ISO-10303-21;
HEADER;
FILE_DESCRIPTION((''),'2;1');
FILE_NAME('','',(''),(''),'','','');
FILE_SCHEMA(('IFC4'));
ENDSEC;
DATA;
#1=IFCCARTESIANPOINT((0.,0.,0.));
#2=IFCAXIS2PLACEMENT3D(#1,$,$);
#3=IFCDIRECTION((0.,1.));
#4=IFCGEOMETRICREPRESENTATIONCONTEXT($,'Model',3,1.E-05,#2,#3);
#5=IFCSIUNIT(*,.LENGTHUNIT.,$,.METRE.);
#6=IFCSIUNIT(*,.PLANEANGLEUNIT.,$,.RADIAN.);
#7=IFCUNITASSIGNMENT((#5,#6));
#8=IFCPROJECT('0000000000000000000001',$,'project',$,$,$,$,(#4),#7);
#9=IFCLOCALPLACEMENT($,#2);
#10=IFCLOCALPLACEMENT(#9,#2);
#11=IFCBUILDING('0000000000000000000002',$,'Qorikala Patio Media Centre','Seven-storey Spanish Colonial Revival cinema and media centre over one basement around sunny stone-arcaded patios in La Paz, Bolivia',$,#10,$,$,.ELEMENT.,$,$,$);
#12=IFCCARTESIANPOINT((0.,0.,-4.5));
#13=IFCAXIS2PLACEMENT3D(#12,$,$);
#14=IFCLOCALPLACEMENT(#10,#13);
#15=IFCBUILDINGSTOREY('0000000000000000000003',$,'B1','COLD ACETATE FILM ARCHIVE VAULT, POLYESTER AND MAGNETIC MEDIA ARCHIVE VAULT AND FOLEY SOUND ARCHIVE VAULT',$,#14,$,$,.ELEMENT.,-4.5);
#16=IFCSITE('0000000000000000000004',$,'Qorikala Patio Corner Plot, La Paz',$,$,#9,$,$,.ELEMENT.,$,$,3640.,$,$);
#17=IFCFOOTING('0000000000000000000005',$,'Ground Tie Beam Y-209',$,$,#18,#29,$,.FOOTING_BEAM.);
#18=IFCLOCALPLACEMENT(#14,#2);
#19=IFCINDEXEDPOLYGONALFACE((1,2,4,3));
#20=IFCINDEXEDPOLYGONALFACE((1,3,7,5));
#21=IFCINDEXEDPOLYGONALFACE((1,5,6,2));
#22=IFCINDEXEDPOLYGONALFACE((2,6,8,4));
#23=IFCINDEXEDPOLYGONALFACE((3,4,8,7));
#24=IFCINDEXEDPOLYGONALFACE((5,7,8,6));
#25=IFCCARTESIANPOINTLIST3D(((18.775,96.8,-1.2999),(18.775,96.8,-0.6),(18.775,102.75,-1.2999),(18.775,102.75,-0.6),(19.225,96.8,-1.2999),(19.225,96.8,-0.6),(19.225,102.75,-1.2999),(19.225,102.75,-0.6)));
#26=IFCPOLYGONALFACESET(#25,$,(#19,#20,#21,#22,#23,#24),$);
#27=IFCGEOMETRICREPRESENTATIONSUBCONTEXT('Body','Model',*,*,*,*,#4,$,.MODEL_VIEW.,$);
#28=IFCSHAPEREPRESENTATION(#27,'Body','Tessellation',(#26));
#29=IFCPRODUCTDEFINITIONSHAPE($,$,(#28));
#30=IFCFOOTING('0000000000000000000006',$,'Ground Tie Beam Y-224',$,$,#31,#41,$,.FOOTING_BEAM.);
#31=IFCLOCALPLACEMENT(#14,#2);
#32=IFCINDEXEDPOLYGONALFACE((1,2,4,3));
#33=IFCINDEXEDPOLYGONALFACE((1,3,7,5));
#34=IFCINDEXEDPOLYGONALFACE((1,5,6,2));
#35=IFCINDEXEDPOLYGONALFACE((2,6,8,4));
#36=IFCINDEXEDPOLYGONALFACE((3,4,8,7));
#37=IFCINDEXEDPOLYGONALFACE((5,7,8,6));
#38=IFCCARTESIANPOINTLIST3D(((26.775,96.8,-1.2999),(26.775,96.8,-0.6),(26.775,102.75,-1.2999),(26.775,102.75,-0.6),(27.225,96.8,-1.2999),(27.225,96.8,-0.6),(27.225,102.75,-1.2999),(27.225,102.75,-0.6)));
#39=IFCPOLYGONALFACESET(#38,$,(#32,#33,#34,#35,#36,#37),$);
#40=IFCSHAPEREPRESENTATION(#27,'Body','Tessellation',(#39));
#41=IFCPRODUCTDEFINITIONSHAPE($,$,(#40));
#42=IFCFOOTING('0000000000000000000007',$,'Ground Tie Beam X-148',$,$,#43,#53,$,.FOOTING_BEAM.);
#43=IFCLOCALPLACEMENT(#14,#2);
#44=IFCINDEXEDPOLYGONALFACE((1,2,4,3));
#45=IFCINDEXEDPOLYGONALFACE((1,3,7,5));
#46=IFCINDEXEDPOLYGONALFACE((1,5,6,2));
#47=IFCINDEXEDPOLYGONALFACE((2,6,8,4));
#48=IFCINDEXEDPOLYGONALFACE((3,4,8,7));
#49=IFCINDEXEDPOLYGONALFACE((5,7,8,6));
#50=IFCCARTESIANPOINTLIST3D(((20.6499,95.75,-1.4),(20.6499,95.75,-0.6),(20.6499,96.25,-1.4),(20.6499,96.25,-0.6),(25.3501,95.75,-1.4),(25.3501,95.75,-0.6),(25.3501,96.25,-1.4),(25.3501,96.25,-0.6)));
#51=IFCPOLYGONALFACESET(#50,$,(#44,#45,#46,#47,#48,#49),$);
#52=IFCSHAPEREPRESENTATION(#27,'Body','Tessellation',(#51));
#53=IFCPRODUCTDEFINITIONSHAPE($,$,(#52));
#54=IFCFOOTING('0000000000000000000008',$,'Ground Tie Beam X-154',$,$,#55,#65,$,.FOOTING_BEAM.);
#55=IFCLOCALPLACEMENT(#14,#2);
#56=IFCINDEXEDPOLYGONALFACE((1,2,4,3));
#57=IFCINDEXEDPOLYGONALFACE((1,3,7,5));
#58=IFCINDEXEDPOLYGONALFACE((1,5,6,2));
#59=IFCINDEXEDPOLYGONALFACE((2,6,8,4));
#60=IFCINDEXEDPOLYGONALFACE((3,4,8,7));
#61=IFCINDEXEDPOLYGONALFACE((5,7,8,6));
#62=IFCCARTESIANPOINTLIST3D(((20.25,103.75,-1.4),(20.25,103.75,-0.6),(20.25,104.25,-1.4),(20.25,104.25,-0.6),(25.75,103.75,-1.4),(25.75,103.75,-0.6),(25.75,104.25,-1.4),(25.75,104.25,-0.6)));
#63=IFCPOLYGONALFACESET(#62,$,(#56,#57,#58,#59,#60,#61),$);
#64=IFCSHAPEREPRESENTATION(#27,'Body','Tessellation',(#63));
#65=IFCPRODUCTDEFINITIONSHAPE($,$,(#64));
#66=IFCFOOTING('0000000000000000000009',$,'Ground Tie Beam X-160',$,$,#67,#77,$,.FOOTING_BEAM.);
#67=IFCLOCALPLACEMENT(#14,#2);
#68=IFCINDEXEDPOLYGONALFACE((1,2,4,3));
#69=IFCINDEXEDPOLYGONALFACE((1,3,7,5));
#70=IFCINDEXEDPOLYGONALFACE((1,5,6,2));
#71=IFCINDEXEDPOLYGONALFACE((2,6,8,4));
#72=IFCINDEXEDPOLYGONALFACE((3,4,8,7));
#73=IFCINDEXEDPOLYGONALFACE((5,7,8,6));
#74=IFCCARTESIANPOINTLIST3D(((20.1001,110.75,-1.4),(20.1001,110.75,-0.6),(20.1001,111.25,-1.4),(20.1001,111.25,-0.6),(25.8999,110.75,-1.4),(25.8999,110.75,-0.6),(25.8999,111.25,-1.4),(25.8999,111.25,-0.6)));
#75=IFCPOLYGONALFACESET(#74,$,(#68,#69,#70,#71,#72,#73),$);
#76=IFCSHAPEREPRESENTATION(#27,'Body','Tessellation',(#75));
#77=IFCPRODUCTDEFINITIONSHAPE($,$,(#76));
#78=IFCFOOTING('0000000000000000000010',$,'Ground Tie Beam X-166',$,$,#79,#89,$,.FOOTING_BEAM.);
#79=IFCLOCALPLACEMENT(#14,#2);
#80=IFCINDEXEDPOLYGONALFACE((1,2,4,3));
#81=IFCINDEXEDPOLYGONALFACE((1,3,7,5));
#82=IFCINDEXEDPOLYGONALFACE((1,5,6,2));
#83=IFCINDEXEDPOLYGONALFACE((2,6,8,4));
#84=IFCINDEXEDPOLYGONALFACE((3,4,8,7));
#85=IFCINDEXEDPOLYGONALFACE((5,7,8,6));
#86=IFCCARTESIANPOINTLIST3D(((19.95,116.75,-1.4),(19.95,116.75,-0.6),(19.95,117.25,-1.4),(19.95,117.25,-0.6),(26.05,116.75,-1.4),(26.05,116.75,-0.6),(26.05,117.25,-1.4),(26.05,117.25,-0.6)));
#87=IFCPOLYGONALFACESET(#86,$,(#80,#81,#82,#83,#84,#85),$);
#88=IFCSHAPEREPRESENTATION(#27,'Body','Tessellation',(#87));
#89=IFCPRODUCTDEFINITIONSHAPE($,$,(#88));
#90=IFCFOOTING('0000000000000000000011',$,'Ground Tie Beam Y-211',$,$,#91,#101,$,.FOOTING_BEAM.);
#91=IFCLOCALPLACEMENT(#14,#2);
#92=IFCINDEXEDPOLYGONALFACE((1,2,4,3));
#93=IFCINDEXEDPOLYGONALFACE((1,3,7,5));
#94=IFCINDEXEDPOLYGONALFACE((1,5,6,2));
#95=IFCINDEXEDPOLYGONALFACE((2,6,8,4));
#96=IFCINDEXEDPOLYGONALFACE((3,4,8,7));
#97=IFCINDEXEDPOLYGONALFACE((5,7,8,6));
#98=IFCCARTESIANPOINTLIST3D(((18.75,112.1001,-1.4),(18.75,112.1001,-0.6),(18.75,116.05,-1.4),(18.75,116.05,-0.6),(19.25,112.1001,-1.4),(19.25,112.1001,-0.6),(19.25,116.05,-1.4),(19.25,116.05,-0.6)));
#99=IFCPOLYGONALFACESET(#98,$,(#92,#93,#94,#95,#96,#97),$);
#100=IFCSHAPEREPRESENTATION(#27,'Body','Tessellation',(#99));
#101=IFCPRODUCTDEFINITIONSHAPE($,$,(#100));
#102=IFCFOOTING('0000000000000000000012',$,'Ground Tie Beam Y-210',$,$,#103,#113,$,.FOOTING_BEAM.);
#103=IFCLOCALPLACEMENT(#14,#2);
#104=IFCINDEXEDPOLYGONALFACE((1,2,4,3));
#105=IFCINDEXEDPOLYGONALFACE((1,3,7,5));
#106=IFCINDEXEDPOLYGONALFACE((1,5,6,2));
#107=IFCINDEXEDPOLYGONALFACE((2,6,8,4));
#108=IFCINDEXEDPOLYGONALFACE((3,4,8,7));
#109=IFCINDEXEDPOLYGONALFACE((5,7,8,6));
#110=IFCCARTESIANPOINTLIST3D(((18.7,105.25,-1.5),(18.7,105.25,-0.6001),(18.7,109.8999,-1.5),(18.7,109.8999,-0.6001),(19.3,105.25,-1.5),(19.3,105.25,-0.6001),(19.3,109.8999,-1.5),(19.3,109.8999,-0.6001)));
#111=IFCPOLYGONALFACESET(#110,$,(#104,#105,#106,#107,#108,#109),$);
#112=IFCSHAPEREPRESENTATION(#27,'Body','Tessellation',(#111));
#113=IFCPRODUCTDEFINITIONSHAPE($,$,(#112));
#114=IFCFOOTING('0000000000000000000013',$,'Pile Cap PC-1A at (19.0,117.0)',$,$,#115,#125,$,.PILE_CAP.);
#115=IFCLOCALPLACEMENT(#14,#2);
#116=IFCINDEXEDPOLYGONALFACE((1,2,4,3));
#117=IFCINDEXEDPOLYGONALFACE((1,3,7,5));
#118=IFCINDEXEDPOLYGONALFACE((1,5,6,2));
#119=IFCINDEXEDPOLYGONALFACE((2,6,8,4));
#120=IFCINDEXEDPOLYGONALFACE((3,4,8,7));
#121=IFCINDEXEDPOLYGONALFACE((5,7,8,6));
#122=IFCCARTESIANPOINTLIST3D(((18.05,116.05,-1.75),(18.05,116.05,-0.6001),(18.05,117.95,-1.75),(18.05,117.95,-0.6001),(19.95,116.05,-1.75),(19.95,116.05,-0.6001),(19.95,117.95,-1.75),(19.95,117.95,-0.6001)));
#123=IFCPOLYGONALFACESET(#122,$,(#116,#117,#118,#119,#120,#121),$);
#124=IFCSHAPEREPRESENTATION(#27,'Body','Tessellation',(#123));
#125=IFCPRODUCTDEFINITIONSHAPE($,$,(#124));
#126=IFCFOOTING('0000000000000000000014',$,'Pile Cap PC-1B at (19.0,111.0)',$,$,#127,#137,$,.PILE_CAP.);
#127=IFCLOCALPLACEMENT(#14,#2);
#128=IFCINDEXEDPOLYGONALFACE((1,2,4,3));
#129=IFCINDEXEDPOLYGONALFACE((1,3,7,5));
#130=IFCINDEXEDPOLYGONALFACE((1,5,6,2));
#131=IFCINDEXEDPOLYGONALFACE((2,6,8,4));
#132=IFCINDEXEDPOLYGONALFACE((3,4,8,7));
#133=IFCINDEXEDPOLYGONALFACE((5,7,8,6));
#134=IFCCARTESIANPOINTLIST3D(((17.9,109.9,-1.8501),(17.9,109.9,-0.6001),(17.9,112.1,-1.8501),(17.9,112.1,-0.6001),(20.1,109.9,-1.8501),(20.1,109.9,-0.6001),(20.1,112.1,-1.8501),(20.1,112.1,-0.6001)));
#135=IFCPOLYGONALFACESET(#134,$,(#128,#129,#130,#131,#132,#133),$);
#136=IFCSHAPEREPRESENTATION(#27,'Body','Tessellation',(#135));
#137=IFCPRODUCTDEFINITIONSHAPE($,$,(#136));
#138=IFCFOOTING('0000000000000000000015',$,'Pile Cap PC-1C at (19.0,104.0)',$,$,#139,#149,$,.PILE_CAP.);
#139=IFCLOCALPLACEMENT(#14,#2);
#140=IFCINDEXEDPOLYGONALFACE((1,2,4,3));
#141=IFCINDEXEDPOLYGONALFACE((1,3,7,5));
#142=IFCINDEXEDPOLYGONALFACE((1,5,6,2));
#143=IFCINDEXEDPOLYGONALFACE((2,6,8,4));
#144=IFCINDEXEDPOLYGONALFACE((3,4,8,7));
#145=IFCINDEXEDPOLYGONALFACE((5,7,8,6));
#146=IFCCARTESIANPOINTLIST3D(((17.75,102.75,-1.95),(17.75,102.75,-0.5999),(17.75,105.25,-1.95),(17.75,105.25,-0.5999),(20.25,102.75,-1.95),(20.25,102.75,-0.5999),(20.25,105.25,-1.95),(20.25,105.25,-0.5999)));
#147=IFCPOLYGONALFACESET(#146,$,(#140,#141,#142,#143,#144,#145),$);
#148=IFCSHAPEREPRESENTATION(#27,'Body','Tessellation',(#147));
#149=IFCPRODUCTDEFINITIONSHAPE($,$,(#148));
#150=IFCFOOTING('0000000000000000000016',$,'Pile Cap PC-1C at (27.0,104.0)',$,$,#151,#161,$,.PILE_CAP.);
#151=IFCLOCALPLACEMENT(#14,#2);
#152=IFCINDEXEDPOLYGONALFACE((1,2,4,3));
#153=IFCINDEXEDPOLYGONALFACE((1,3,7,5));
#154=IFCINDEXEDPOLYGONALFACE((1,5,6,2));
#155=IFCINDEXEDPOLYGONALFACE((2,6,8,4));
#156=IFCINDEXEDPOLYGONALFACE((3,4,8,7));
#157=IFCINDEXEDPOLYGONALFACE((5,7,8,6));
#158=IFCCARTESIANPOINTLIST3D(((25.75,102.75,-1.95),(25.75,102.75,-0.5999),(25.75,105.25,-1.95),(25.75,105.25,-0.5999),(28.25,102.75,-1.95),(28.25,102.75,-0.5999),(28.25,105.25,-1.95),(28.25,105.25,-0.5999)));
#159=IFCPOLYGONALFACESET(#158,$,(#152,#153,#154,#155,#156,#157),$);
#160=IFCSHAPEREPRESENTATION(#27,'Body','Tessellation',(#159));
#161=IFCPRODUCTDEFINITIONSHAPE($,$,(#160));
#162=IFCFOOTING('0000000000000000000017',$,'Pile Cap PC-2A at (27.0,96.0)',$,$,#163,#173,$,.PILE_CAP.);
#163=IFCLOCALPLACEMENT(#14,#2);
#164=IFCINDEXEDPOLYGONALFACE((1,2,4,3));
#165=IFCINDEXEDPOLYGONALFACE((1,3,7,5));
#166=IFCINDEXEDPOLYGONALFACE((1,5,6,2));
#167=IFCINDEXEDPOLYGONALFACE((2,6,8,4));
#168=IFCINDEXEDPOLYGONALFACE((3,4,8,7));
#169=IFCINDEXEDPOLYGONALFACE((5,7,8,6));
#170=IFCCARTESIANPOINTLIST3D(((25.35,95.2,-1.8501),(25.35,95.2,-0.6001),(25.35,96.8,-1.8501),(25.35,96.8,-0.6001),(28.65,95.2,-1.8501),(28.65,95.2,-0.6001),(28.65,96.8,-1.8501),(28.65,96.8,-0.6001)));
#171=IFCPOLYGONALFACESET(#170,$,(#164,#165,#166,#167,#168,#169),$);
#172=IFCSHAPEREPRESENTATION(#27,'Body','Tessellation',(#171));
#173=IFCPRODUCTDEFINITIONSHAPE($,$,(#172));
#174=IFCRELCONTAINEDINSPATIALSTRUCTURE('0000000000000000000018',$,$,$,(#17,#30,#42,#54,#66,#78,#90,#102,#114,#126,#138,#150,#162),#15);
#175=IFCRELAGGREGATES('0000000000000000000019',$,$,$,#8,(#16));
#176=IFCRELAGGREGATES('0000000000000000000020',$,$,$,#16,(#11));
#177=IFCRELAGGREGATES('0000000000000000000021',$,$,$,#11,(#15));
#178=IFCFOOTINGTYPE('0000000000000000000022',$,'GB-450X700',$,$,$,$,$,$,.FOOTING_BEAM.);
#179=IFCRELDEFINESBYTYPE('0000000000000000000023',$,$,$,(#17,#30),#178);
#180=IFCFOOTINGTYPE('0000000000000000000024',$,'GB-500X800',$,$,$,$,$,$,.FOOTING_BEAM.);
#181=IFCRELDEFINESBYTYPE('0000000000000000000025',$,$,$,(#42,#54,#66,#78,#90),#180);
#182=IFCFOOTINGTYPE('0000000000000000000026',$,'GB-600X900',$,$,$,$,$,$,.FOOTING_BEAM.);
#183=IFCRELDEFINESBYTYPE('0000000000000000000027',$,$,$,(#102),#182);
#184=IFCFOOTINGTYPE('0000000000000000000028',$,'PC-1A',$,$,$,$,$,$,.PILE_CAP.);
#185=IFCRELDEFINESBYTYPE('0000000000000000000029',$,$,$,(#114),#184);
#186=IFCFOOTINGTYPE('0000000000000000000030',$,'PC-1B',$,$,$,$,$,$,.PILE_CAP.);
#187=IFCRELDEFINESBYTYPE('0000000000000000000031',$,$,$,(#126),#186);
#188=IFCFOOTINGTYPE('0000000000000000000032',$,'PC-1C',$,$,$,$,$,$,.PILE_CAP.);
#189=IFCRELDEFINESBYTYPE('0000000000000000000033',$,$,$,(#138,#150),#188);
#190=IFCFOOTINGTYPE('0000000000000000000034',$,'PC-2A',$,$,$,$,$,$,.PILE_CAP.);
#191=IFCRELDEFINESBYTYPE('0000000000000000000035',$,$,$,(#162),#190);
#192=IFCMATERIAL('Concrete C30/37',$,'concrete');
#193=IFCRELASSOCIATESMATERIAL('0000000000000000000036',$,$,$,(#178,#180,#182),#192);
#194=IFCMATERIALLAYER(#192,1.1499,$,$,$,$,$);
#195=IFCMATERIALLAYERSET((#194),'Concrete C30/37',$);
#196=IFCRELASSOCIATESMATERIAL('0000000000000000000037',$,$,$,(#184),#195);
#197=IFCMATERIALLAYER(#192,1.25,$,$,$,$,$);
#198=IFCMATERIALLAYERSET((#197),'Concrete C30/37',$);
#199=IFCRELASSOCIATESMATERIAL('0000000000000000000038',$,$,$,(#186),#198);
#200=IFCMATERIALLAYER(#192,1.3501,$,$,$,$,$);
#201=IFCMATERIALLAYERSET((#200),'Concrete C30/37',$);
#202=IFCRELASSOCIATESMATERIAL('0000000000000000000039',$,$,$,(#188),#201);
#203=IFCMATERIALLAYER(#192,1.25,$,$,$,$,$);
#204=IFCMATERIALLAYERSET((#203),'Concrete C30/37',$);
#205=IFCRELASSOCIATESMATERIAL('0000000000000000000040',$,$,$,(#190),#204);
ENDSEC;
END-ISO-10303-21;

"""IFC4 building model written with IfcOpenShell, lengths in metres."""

from ifc_helpers import new_model, si_unit, direction, frame, origin, origin_2d, place, context, subcontext, project, spatial, rectangle, extrude, material, layer, layer_set, material_profile, profile_set, type_object, element, save


model = new_model("IFC4")

# Units and contexts
model_context = context("Model", 3, precision=1e-05, world=origin(), true_north=direction((0.0, 1.0)))
body_context = subcontext(model_context, "Body", "Model", "MODEL_VIEW")
ifc_project = project(units=[si_unit("LENGTHUNIT", "METRE"), si_unit("PLANEANGLEUNIT", "RADIAN")], contexts=[model_context])

# Site, building, storey
site_placement = place(None, origin())
site = spatial("IfcSite", under=ifc_project, at=site_placement, Name="Qorikala Patio Corner Plot, La Paz", CompositionType="ELEMENT", RefElevation=3640.0)
building_placement = place(site_placement, origin())
building = spatial("IfcBuilding", under=site, at=building_placement, Name="Qorikala Patio Media Centre", Description="Seven-storey Spanish Colonial Revival cinema and media centre over one basement around sunny stone-arcaded patios in La Paz, Bolivia", CompositionType="ELEMENT")
storey_placement = place(building_placement, frame((0.0, 0.0, -4.5)))
storey = spatial("IfcBuildingStorey", under=building, at=storey_placement, Name="B1", Description="COLD ACETATE FILM ARCHIVE VAULT, POLYESTER AND MAGNETIC MEDIA ARCHIVE VAULT AND FOLEY SOUND ARCHIVE VAULT", CompositionType="ELEMENT", Elevation=-4.5)

# Footings
ifc_material_1 = material(Name="Concrete C30/37", Category="concrete")
ifc_material_profile_1 = material_profile(ifc_material_1, rectangle(XDim=0.45, YDim=0.7, at=origin_2d()), Name="RC 450x700")
ifc_profile_set_1 = profile_set([ifc_material_profile_1], Name="Concrete C30/37")
footing_type_1 = type_object("IfcFootingType", Name="GB-450X700", PredefinedType="FOOTING_BEAM", material=ifc_profile_set_1)
for number, where, z_axis, x_axis, name in (
    (1, (19.0, 96.8, -0.95), (0.0, 1.0, 0.0), (-1.0, 0.0, 0.0), "Ground Tie Beam Y-209"),
    (2, (27.0, 96.8, -0.95), (0.0, 1.0, 0.0), (-1.0, 0.0, 0.0), "Ground Tie Beam Y-224"),
):
    element("IfcFooting", number, at=place(storey_placement, frame(where, z_axis=z_axis, x_axis=x_axis)), inside=storey, type_object=footing_type_1, Name=name, PredefinedType="FOOTING_BEAM", context=body_context, shape_type="SweptSolid", body=[
        extrude(rectangle(XDim=0.45, YDim=0.7, at=origin_2d()), origin(), (0.0, 0.0, 1.0), 5.95),
    ])
ifc_material_profile_2 = material_profile(ifc_material_1, rectangle(XDim=0.5, YDim=0.8, at=origin_2d()), Name="RC 500x800")
ifc_profile_set_2 = profile_set([ifc_material_profile_2], Name="Concrete C30/37")
footing_type_2 = type_object("IfcFootingType", Name="GB-500X800", PredefinedType="FOOTING_BEAM", material=ifc_profile_set_2)
footing_1_placement = place(storey_placement, frame((20.6499, 96.0, -1.0), z_axis=(1.0, 0.0, 0.0), x_axis=(0.0, 1.0, 0.0)))
element("IfcFooting", 3, at=footing_1_placement, inside=storey, type_object=footing_type_2, Name="Ground Tie Beam X-148", PredefinedType="FOOTING_BEAM", context=body_context, shape_type="SweptSolid", body=[
    extrude(rectangle(XDim=0.5, YDim=0.8, at=origin_2d()), origin(), (0.0, 0.0, 1.0), 4.7002),
])
footing_2_placement = place(storey_placement, frame((20.25, 104.0, -1.0), z_axis=(1.0, 0.0, 0.0), x_axis=(0.0, 1.0, 0.0)))
element("IfcFooting", 4, at=footing_2_placement, inside=storey, type_object=footing_type_2, Name="Ground Tie Beam X-154", PredefinedType="FOOTING_BEAM", context=body_context, shape_type="SweptSolid", body=[
    extrude(rectangle(XDim=0.5, YDim=0.8, at=origin_2d()), origin(), (0.0, 0.0, 1.0), 5.5),
])
footing_3_placement = place(storey_placement, frame((20.1001, 111.0, -1.0), z_axis=(1.0, 0.0, 0.0), x_axis=(0.0, 1.0, 0.0)))
element("IfcFooting", 5, at=footing_3_placement, inside=storey, type_object=footing_type_2, Name="Ground Tie Beam X-160", PredefinedType="FOOTING_BEAM", context=body_context, shape_type="SweptSolid", body=[
    extrude(rectangle(XDim=0.5, YDim=0.8, at=origin_2d()), origin(), (0.0, 0.0, 1.0), 5.7998),
])
footing_4_placement = place(storey_placement, frame((19.95, 117.0, -1.0), z_axis=(1.0, 0.0, 0.0), x_axis=(0.0, 1.0, 0.0)))
element("IfcFooting", 6, at=footing_4_placement, inside=storey, type_object=footing_type_2, Name="Ground Tie Beam X-166", PredefinedType="FOOTING_BEAM", context=body_context, shape_type="SweptSolid", body=[
    extrude(rectangle(XDim=0.5, YDim=0.8, at=origin_2d()), origin(), (0.0, 0.0, 1.0), 6.1001),
])
footing_5_placement = place(storey_placement, frame((19.0, 112.1001, -1.0), z_axis=(0.0, 1.0, 0.0), x_axis=(-1.0, 0.0, 0.0)))
element("IfcFooting", 7, at=footing_5_placement, inside=storey, type_object=footing_type_2, Name="Ground Tie Beam Y-211", PredefinedType="FOOTING_BEAM", context=body_context, shape_type="SweptSolid", body=[
    extrude(rectangle(XDim=0.5, YDim=0.8, at=origin_2d()), origin(), (0.0, 0.0, 1.0), 3.95),
])
ifc_material_profile_3 = material_profile(ifc_material_1, rectangle(XDim=0.6001, YDim=0.8999, at=origin_2d()), Name="RC 600x900")
ifc_profile_set_3 = profile_set([ifc_material_profile_3], Name="Concrete C30/37")
footing_type_3 = type_object("IfcFootingType", Name="GB-600X900", PredefinedType="FOOTING_BEAM", material=ifc_profile_set_3)
footing_6_placement = place(storey_placement, frame((19.0, 105.25, -1.05), z_axis=(0.0, 1.0, 0.0), x_axis=(-1.0, 0.0, 0.0)))
element("IfcFooting", 8, at=footing_6_placement, inside=storey, type_object=footing_type_3, Name="Ground Tie Beam Y-210", PredefinedType="FOOTING_BEAM", context=body_context, shape_type="SweptSolid", body=[
    extrude(rectangle(XDim=0.6001, YDim=0.8999, at=origin_2d()), origin(), (0.0, 0.0, 1.0), 4.6499),
])
ifc_layer_1 = layer(ifc_material_1, 1.1499)
ifc_layer_set_1 = layer_set([ifc_layer_1], Name="Concrete C30/37")
footing_type_4 = type_object("IfcFootingType", Name="PC-1A", PredefinedType="PILE_CAP", material=ifc_layer_set_1)
footing_7_placement = place(storey_placement, frame((19.0, 117.0, -1.75), z_axis=(0.0, 0.0, 1.0), x_axis=(1.0, 0.0, 0.0)))
element("IfcFooting", 9, at=footing_7_placement, inside=storey, type_object=footing_type_4, Name="Pile Cap PC-1A at (19.0,117.0)", PredefinedType="PILE_CAP", context=body_context, shape_type="SweptSolid", body=[
    extrude(rectangle(XDim=1.8999, YDim=1.8999, at=origin_2d()), origin(), (0.0, 0.0, 1.0), 1.1499),
])
ifc_layer_2 = layer(ifc_material_1, 1.25)
ifc_layer_set_2 = layer_set([ifc_layer_2], Name="Concrete C30/37")
footing_type_5 = type_object("IfcFootingType", Name="PC-1B", PredefinedType="PILE_CAP", material=ifc_layer_set_2)
footing_8_placement = place(storey_placement, frame((19.0, 111.0, -1.8501), z_axis=(0.0, 0.0, 1.0), x_axis=(1.0, 0.0, 0.0)))
element("IfcFooting", 10, at=footing_8_placement, inside=storey, type_object=footing_type_5, Name="Pile Cap PC-1B at (19.0,111.0)", PredefinedType="PILE_CAP", context=body_context, shape_type="SweptSolid", body=[
    extrude(rectangle(XDim=2.2, YDim=2.2, at=origin_2d()), origin(), (0.0, 0.0, 1.0), 1.25),
])
ifc_layer_3 = layer(ifc_material_1, 1.3501)
ifc_layer_set_3 = layer_set([ifc_layer_3], Name="Concrete C30/37")
footing_type_6 = type_object("IfcFootingType", Name="PC-1C", PredefinedType="PILE_CAP", material=ifc_layer_set_3)
for number, where, z_axis, x_axis, name in (
    (11, (19.0, 104.0, -1.95), (0.0, 0.0, 1.0), (1.0, 0.0, 0.0), "Pile Cap PC-1C at (19.0,104.0)"),
    (12, (27.0, 104.0, -1.95), (0.0, 0.0, 1.0), (1.0, 0.0, 0.0), "Pile Cap PC-1C at (27.0,104.0)"),
):
    element("IfcFooting", number, at=place(storey_placement, frame(where, z_axis=z_axis, x_axis=x_axis)), inside=storey, type_object=footing_type_6, Name=name, PredefinedType="PILE_CAP", context=body_context, shape_type="SweptSolid", body=[
        extrude(rectangle(XDim=2.5, YDim=2.5, at=origin_2d()), origin(), (0.0, 0.0, 1.0), 1.3501),
    ])
ifc_layer_4 = layer(ifc_material_1, 1.25)
ifc_layer_set_4 = layer_set([ifc_layer_4], Name="Concrete C30/37")
footing_type_7 = type_object("IfcFootingType", Name="PC-2A", PredefinedType="PILE_CAP", material=ifc_layer_set_4)
footing_9_placement = place(storey_placement, frame((27.0, 96.0, -1.8501), z_axis=(0.0, 0.0, 1.0), x_axis=(1.0, 0.0, 0.0)))
element("IfcFooting", 13, at=footing_9_placement, inside=storey, type_object=footing_type_7, Name="Pile Cap PC-2A at (27.0,96.0)", PredefinedType="PILE_CAP", context=body_context, shape_type="SweptSolid", body=[
    extrude(rectangle(XDim=3.3, YDim=1.6001, at=origin_2d()), origin(), (0.0, 0.0, 1.0), 1.25),
])

save(model, "model.ifc")
